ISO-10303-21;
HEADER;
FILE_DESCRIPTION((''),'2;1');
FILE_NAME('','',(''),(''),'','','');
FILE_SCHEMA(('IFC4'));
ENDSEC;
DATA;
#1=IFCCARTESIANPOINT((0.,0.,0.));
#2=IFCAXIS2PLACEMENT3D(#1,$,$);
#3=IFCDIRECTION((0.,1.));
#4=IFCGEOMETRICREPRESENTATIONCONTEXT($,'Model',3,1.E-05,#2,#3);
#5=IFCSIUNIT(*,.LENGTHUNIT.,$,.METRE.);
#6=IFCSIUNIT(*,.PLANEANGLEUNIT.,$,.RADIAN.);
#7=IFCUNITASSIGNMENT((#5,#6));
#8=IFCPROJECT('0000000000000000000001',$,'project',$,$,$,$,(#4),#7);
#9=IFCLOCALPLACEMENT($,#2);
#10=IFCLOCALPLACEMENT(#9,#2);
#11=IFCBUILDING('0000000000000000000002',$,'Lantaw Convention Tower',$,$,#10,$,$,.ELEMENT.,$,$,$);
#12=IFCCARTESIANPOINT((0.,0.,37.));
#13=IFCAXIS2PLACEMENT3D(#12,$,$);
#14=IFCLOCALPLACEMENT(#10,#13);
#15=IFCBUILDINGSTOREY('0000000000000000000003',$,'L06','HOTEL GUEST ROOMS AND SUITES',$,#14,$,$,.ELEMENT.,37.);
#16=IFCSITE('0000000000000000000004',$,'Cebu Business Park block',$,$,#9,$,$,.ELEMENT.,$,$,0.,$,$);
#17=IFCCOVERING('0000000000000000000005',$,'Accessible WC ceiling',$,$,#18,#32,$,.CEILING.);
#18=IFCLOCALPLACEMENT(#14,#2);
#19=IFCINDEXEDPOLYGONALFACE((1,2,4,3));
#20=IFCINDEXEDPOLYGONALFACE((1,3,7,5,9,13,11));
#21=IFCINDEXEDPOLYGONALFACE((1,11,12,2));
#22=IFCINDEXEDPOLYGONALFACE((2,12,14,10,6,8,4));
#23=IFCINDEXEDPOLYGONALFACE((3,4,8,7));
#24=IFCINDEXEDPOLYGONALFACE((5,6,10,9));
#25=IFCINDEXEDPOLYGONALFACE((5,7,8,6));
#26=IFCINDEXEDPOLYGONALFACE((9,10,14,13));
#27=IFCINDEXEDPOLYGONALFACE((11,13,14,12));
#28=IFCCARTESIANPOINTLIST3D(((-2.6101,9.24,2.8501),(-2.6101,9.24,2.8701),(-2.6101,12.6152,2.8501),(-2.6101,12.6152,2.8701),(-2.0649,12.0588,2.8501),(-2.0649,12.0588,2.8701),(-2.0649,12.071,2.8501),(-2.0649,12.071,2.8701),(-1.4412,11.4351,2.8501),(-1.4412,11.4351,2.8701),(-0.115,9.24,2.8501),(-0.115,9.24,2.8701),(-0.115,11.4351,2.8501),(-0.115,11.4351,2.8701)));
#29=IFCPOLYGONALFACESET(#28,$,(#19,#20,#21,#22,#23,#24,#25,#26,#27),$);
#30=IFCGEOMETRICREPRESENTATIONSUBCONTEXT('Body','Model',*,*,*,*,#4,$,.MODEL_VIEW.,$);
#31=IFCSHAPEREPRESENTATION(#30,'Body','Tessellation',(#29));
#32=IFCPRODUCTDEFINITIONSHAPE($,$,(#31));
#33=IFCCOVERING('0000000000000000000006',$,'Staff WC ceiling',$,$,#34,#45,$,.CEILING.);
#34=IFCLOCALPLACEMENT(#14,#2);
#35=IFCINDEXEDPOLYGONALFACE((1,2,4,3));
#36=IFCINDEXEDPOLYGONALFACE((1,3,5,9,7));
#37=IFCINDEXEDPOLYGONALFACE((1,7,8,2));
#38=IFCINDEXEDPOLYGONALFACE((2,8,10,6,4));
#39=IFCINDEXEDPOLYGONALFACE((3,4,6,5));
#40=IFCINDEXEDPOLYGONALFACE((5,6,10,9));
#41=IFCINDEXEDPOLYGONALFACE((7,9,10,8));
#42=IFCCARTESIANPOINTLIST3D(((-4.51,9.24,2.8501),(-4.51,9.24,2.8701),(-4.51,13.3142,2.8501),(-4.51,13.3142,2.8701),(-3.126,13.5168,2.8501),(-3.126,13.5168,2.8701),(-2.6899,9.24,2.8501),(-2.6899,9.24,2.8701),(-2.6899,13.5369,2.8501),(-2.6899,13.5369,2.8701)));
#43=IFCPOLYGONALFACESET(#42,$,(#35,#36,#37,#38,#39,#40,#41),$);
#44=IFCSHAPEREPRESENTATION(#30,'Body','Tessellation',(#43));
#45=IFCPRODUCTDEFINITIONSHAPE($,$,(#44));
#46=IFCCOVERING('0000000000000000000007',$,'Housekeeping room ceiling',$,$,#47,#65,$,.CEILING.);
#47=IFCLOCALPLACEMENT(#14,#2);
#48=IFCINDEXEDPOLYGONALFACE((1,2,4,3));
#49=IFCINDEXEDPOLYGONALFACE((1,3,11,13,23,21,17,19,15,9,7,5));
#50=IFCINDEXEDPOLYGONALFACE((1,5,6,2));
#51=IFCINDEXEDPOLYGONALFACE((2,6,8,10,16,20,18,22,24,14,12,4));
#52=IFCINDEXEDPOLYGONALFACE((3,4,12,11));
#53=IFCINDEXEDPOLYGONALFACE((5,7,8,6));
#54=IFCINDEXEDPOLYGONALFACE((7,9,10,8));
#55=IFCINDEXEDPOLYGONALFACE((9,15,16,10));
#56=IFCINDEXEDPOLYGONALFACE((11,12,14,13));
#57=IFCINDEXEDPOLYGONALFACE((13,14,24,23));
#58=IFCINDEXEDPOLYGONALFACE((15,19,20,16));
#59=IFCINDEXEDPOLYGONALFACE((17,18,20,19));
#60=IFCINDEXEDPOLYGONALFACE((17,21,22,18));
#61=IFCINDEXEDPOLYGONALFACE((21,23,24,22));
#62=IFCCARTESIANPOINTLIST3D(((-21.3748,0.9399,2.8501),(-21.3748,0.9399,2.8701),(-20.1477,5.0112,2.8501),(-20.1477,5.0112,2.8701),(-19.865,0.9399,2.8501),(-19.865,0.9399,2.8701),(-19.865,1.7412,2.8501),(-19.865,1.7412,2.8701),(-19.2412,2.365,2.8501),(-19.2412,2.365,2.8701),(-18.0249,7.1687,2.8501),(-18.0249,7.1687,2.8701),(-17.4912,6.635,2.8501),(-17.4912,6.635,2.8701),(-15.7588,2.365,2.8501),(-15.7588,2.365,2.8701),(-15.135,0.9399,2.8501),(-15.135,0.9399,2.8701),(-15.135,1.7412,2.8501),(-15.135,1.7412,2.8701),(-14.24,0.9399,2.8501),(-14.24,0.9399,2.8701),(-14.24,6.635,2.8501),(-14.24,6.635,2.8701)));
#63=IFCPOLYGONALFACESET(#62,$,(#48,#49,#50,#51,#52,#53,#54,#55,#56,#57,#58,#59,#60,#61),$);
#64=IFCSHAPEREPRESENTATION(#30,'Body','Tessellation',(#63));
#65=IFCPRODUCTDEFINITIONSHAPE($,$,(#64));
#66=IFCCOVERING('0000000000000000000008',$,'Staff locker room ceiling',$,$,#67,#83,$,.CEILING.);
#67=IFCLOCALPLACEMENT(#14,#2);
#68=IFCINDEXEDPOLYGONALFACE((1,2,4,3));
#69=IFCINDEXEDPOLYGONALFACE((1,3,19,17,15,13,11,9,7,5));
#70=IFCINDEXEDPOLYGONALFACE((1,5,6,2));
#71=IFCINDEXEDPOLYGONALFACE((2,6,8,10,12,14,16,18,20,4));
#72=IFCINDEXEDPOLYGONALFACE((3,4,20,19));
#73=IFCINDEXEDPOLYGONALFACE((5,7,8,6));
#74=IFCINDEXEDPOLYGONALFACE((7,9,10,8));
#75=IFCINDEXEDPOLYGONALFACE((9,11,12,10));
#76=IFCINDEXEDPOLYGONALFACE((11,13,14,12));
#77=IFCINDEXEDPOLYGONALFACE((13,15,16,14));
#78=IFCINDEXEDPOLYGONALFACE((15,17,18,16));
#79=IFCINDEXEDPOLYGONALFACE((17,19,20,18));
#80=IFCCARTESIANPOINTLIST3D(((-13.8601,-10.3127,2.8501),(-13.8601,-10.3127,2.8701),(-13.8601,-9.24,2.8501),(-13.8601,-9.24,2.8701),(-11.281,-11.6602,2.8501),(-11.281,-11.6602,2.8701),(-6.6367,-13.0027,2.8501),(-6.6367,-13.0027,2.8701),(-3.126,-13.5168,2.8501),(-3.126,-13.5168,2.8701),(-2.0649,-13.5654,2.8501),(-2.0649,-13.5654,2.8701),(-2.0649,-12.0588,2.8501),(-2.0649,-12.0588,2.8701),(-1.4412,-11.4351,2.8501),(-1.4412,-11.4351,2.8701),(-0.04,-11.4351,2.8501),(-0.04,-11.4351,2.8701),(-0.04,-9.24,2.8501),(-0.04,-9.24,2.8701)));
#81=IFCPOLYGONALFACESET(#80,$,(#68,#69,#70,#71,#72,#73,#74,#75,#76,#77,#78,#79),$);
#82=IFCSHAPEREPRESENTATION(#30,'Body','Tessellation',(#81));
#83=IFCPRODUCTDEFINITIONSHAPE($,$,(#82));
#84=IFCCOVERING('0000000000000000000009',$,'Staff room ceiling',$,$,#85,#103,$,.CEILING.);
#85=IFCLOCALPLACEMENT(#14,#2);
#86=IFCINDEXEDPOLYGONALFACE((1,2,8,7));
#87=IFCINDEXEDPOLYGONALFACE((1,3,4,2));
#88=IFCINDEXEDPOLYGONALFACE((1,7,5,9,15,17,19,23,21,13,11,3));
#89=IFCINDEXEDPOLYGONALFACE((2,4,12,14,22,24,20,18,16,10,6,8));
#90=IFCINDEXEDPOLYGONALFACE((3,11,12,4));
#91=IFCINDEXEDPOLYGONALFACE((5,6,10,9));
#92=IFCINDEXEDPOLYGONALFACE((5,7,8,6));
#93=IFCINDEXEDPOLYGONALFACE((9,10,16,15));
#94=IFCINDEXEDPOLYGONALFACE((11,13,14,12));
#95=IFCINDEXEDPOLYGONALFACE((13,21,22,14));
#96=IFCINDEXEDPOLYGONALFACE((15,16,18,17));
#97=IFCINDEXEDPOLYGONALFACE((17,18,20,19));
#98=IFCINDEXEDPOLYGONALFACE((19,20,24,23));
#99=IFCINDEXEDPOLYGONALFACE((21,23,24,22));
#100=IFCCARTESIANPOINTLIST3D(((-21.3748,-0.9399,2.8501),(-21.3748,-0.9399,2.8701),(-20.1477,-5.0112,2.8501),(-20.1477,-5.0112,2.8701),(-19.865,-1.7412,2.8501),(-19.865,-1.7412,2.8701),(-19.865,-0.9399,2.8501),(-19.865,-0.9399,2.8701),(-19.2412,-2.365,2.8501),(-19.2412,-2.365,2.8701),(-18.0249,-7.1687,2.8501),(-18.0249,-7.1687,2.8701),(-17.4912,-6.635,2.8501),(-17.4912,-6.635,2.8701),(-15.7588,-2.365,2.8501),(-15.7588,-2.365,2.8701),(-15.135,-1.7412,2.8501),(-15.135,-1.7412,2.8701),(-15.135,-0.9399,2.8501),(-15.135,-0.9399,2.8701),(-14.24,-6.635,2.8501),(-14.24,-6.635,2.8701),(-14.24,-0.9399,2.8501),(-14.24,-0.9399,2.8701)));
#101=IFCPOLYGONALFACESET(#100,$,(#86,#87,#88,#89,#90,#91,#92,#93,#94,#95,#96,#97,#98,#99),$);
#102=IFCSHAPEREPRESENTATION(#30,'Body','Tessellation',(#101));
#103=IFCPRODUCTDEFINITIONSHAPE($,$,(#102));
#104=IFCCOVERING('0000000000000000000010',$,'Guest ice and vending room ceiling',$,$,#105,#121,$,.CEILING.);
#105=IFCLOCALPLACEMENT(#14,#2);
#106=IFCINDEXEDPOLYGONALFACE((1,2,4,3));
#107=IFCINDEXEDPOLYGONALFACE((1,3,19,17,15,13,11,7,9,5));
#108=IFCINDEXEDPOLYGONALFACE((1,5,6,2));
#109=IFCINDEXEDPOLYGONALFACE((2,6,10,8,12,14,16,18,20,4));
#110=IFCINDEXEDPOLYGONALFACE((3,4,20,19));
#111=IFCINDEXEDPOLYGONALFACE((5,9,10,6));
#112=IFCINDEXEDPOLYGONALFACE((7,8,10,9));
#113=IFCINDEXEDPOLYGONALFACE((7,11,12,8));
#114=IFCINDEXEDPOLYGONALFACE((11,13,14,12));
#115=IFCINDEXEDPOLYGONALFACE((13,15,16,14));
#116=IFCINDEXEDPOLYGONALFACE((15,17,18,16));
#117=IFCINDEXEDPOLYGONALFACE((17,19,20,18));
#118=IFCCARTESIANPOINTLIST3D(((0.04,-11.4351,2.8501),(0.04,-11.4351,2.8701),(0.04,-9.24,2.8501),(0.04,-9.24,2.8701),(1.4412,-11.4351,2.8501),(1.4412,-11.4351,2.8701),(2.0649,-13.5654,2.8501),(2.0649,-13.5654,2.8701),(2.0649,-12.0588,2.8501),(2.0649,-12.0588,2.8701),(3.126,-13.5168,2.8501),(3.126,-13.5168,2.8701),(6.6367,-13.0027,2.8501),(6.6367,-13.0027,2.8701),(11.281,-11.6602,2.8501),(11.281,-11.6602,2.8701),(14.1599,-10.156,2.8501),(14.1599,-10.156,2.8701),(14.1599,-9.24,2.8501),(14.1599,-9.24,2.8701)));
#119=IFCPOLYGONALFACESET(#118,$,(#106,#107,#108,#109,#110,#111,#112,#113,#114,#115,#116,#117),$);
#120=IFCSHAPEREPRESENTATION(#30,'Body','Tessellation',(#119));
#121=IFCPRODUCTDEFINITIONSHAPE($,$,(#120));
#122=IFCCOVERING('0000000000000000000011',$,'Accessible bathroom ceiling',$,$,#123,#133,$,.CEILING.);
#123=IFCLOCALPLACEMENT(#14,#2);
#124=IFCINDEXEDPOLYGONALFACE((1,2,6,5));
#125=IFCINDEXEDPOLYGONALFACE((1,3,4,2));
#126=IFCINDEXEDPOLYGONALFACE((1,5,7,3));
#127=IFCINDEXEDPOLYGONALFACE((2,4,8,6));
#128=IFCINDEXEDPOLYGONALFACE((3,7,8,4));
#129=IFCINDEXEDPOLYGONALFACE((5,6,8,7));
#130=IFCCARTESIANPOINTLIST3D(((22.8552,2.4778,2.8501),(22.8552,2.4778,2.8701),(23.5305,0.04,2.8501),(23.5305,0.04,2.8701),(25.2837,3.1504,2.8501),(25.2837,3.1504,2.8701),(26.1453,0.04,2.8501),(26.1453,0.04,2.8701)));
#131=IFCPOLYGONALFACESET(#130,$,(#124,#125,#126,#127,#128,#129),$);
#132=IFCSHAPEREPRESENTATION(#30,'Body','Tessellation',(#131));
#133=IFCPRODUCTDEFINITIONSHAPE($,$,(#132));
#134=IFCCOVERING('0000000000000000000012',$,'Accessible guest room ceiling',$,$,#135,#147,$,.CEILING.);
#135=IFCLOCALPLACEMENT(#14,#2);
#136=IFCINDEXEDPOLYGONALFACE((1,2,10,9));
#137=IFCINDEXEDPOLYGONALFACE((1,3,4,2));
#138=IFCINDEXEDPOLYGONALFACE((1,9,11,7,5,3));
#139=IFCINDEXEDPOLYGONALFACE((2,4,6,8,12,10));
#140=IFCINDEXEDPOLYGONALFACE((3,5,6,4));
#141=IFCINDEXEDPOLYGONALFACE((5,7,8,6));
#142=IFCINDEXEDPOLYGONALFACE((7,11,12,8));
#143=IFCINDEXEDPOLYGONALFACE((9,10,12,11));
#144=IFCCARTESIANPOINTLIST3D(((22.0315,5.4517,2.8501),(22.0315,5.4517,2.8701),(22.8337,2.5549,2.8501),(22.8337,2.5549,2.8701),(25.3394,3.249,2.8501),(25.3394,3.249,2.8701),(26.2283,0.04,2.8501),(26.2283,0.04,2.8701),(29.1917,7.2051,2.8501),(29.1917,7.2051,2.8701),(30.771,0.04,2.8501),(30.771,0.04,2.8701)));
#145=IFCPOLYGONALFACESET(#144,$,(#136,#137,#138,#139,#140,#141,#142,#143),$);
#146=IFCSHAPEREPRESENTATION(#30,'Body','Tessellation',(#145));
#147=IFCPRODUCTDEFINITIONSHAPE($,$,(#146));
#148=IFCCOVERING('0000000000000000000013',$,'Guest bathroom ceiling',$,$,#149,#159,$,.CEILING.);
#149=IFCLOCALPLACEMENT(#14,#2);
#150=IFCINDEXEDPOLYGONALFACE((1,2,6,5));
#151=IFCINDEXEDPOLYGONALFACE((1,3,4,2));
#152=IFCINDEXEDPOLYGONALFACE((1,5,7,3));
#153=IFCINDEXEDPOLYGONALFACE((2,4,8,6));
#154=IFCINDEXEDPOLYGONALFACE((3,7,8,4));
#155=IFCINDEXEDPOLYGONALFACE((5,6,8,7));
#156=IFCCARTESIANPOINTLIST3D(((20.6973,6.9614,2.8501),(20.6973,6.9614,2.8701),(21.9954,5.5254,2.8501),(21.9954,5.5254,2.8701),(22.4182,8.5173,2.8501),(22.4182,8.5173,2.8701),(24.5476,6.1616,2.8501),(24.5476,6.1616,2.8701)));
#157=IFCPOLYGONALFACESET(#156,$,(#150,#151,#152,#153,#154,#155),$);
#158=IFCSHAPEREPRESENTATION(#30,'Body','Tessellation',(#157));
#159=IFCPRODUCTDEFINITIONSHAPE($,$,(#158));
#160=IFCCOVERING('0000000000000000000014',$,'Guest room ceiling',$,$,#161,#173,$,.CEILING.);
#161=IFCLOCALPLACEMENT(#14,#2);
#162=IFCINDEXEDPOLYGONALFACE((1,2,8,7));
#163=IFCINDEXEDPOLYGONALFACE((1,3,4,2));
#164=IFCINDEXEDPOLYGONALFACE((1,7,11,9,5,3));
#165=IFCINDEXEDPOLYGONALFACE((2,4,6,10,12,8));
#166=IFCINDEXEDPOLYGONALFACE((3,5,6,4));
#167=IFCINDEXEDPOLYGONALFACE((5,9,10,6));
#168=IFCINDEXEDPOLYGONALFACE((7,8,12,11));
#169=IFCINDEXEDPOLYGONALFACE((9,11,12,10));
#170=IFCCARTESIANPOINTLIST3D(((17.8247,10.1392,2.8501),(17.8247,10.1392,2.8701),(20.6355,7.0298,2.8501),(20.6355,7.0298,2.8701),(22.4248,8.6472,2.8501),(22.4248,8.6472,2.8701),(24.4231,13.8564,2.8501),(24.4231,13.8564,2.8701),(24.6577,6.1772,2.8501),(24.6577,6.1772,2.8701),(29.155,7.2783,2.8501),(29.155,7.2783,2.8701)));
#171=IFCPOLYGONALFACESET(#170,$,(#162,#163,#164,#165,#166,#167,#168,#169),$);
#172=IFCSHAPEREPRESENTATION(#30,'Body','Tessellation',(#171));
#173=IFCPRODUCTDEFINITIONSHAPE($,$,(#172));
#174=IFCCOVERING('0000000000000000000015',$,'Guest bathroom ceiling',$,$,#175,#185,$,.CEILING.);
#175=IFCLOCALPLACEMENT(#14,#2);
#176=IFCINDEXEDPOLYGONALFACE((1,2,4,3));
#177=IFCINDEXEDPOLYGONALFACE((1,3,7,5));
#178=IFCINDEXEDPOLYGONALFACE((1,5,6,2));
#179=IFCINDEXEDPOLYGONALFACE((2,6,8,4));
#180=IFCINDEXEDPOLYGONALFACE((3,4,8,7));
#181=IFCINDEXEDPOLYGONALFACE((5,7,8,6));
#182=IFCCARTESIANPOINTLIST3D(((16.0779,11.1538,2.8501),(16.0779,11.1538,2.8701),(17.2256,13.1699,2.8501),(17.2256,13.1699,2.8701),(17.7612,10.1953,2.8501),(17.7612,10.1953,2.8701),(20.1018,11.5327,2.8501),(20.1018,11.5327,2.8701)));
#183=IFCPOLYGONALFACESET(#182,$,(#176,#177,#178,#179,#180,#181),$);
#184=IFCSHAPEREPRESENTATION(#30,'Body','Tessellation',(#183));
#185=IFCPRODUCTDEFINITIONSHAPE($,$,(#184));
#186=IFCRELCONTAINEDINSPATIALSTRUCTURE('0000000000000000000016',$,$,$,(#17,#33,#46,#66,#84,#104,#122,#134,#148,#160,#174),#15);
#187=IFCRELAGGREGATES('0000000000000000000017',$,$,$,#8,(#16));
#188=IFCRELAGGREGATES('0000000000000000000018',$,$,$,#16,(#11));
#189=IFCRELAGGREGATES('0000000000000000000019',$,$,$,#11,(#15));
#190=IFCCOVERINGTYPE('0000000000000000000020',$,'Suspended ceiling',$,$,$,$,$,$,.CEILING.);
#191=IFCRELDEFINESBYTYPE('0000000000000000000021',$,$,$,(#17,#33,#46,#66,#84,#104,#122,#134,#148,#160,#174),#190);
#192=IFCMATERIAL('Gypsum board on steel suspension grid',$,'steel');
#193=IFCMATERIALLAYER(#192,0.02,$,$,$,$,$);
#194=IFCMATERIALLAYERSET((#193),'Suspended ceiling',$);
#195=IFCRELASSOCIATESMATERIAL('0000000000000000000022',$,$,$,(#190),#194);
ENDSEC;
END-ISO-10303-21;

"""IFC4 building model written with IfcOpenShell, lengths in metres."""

from ifc_helpers import new_model, si_unit, direction, frame, origin, place, context, subcontext, project, spatial, polyline, outline, extrude, material, layer, layer_set, type_object, element, save


model = new_model("IFC4")

# Units and contexts
model_context = context("Model", 3, precision=1e-05, world=origin(), true_north=direction((0.0, 1.0)))
body_context = subcontext(model_context, "Body", "Model", "MODEL_VIEW")
ifc_project = project(units=[si_unit("LENGTHUNIT", "METRE"), si_unit("PLANEANGLEUNIT", "RADIAN")], contexts=[model_context])

# Site, building, storey
site_placement = place(None, origin())
site = spatial("IfcSite", under=ifc_project, at=site_placement, Name="Cebu Business Park block", CompositionType="ELEMENT", RefElevation=0.0)
building_placement = place(site_placement, origin())
building = spatial("IfcBuilding", under=site, at=building_placement, Name="Lantaw Convention Tower", CompositionType="ELEMENT")
storey_placement = place(building_placement, frame((0.0, 0.0, 37.0)))
storey = spatial("IfcBuildingStorey", under=building, at=storey_placement, Name="L06", Description="HOTEL GUEST ROOMS AND SUITES", CompositionType="ELEMENT", Elevation=37.0)

# Coverings
ifc_material_1 = material(Name="Gypsum board on steel suspension grid", Category="steel")
ifc_layer_1 = layer(ifc_material_1, 0.02)
ifc_layer_set_1 = layer_set([ifc_layer_1], Name="Suspended ceiling")
covering_type = type_object("IfcCoveringType", Name="Suspended ceiling", PredefinedType="CEILING", material=ifc_layer_set_1)
covering_1_placement = place(storey_placement, frame((0.0, 0.0, 2.8501)))
element("IfcCovering", 1, at=covering_1_placement, inside=storey, type_object=covering_type, Name="Accessible WC ceiling", PredefinedType="CEILING", context=body_context, shape_type="SweptSolid", body=[
    extrude(outline(polyline([(-2.6101, 9.24), (-0.115, 9.24), (-0.115, 11.4351), (-1.4412, 11.4351), (-2.0649, 12.0588), (-2.0649, 12.071), (-2.6101, 12.6152), (-2.6101, 9.24)])), origin(), (0.0, 0.0, 1.0), 0.02),
])
covering_2_placement = place(storey_placement, frame((0.0, 0.0, 2.8501)))
element("IfcCovering", 2, at=covering_2_placement, inside=storey, type_object=covering_type, Name="Staff WC ceiling", PredefinedType="CEILING", context=body_context, shape_type="SweptSolid", body=[
    extrude(outline(polyline([(-2.6899, 13.5369), (-3.126, 13.5168), (-4.51, 13.3142), (-4.51, 9.24), (-2.6899, 9.24), (-2.6899, 13.5369)])), origin(), (0.0, 0.0, 1.0), 0.02),
])
covering_3_placement = place(storey_placement, frame((0.0, 0.0, 2.8501)))
element("IfcCovering", 3, at=covering_3_placement, inside=storey, type_object=covering_type, Name="Housekeeping room ceiling", PredefinedType="CEILING", context=body_context, shape_type="SweptSolid", body=[
    extrude(outline(polyline([(-15.135, 0.9399), (-14.24, 0.9399), (-14.24, 6.635), (-17.4912, 6.635), (-18.0249, 7.1687), (-20.1477, 5.0112), (-21.3748, 0.9399), (-19.865, 0.9399), (-19.865, 1.7412), (-19.2412, 2.365), (-15.7588, 2.365), (-15.135, 1.7412), (-15.135, 0.9399)])), origin(), (0.0, 0.0, 1.0), 0.02),
])
covering_4_placement = place(storey_placement, frame((0.0, 0.0, 2.8501)))
element("IfcCovering", 4, at=covering_4_placement, inside=storey, type_object=covering_type, Name="Staff locker room ceiling", PredefinedType="CEILING", context=body_context, shape_type="SweptSolid", body=[
    extrude(outline(polyline([(-11.281, -11.6602), (-6.6367, -13.0027), (-3.126, -13.5168), (-2.0649, -13.5654), (-2.0649, -12.0588), (-1.4412, -11.4351), (-0.04, -11.4351), (-0.04, -9.24), (-13.8601, -9.24), (-13.8601, -10.3127), (-11.281, -11.6602)])), origin(), (0.0, 0.0, 1.0), 0.02),
])
covering_5_placement = place(storey_placement, frame((0.0, 0.0, 2.8501)))
element("IfcCovering", 5, at=covering_5_placement, inside=storey, type_object=covering_type, Name="Staff room ceiling", PredefinedType="CEILING", context=body_context, shape_type="SweptSolid", body=[
    extrude(outline(polyline([(-21.3748, -0.9399), (-20.1477, -5.0112), (-18.0249, -7.1687), (-17.4912, -6.635), (-14.24, -6.635), (-14.24, -0.9399), (-15.135, -0.9399), (-15.135, -1.7412), (-15.7588, -2.365), (-19.2412, -2.365), (-19.865, -1.7412), (-19.865, -0.9399), (-21.3748, -0.9399)])), origin(), (0.0, 0.0, 1.0), 0.02),
])
covering_6_placement = place(storey_placement, frame((0.0, 0.0, 2.8501)))
element("IfcCovering", 6, at=covering_6_placement, inside=storey, type_object=covering_type, Name="Guest ice and vending room ceiling", PredefinedType="CEILING", context=body_context, shape_type="SweptSolid", body=[
    extrude(outline(polyline([(2.0649, -13.5654), (3.126, -13.5168), (6.6367, -13.0027), (11.281, -11.6602), (14.1599, -10.156), (14.1599, -9.24), (0.04, -9.24), (0.04, -11.4351), (1.4412, -11.4351), (2.0649, -12.0588), (2.0649, -13.5654)])), origin(), (0.0, 0.0, 1.0), 0.02),
])
covering_7_placement = place(storey_placement, frame((0.0, 0.0, 2.8501)))
element("IfcCovering", 7, at=covering_7_placement, inside=storey, type_object=covering_type, Name="Accessible bathroom ceiling", PredefinedType="CEILING", context=body_context, shape_type="SweptSolid", body=[
    extrude(outline(polyline([(23.5305, 0.04), (26.1453, 0.04), (25.2837, 3.1504), (22.8552, 2.4778), (23.5305, 0.04)])), origin(), (0.0, 0.0, 1.0), 0.02),
])
covering_8_placement = place(storey_placement, frame((0.0, 0.0, 2.8501)))
element("IfcCovering", 8, at=covering_8_placement, inside=storey, type_object=covering_type, Name="Accessible guest room ceiling", PredefinedType="CEILING", context=body_context, shape_type="SweptSolid", body=[
    extrude(outline(polyline([(22.0315, 5.4517), (22.8337, 2.5549), (25.3394, 3.249), (26.2283, 0.04), (30.771, 0.04), (29.1917, 7.2051), (22.0315, 5.4517)])), origin(), (0.0, 0.0, 1.0), 0.02),
])
covering_9_placement = place(storey_placement, frame((0.0, 0.0, 2.8501)))
element("IfcCovering", 9, at=covering_9_placement, inside=storey, type_object=covering_type, Name="Guest bathroom ceiling", PredefinedType="CEILING", context=body_context, shape_type="SweptSolid", body=[
    extrude(outline(polyline([(21.9954, 5.5254), (24.5476, 6.1616), (22.4182, 8.5173), (20.6973, 6.9614), (21.9954, 5.5254)])), origin(), (0.0, 0.0, 1.0), 0.02),
])
covering_10_placement = place(storey_placement, frame((0.0, 0.0, 2.8501)))
element("IfcCovering", 10, at=covering_10_placement, inside=storey, type_object=covering_type, Name="Guest room ceiling", PredefinedType="CEILING", context=body_context, shape_type="SweptSolid", body=[
    extrude(outline(polyline([(24.4231, 13.8564), (17.8247, 10.1392), (20.6355, 7.0298), (22.4248, 8.6472), (24.6577, 6.1772), (29.155, 7.2783), (24.4231, 13.8564)])), origin(), (0.0, 0.0, 1.0), 0.02),
])
covering_11_placement = place(storey_placement, frame((0.0, 0.0, 2.8501)))
element("IfcCovering", 11, at=covering_11_placement, inside=storey, type_object=covering_type, Name="Guest bathroom ceiling", PredefinedType="CEILING", context=body_context, shape_type="SweptSolid", body=[
    extrude(outline(polyline([(17.7612, 10.1953), (20.1018, 11.5327), (17.2256, 13.1699), (16.0779, 11.1538), (17.7612, 10.1953)])), origin(), (0.0, 0.0, 1.0), 0.02),
])

save(model, "model.ifc")
